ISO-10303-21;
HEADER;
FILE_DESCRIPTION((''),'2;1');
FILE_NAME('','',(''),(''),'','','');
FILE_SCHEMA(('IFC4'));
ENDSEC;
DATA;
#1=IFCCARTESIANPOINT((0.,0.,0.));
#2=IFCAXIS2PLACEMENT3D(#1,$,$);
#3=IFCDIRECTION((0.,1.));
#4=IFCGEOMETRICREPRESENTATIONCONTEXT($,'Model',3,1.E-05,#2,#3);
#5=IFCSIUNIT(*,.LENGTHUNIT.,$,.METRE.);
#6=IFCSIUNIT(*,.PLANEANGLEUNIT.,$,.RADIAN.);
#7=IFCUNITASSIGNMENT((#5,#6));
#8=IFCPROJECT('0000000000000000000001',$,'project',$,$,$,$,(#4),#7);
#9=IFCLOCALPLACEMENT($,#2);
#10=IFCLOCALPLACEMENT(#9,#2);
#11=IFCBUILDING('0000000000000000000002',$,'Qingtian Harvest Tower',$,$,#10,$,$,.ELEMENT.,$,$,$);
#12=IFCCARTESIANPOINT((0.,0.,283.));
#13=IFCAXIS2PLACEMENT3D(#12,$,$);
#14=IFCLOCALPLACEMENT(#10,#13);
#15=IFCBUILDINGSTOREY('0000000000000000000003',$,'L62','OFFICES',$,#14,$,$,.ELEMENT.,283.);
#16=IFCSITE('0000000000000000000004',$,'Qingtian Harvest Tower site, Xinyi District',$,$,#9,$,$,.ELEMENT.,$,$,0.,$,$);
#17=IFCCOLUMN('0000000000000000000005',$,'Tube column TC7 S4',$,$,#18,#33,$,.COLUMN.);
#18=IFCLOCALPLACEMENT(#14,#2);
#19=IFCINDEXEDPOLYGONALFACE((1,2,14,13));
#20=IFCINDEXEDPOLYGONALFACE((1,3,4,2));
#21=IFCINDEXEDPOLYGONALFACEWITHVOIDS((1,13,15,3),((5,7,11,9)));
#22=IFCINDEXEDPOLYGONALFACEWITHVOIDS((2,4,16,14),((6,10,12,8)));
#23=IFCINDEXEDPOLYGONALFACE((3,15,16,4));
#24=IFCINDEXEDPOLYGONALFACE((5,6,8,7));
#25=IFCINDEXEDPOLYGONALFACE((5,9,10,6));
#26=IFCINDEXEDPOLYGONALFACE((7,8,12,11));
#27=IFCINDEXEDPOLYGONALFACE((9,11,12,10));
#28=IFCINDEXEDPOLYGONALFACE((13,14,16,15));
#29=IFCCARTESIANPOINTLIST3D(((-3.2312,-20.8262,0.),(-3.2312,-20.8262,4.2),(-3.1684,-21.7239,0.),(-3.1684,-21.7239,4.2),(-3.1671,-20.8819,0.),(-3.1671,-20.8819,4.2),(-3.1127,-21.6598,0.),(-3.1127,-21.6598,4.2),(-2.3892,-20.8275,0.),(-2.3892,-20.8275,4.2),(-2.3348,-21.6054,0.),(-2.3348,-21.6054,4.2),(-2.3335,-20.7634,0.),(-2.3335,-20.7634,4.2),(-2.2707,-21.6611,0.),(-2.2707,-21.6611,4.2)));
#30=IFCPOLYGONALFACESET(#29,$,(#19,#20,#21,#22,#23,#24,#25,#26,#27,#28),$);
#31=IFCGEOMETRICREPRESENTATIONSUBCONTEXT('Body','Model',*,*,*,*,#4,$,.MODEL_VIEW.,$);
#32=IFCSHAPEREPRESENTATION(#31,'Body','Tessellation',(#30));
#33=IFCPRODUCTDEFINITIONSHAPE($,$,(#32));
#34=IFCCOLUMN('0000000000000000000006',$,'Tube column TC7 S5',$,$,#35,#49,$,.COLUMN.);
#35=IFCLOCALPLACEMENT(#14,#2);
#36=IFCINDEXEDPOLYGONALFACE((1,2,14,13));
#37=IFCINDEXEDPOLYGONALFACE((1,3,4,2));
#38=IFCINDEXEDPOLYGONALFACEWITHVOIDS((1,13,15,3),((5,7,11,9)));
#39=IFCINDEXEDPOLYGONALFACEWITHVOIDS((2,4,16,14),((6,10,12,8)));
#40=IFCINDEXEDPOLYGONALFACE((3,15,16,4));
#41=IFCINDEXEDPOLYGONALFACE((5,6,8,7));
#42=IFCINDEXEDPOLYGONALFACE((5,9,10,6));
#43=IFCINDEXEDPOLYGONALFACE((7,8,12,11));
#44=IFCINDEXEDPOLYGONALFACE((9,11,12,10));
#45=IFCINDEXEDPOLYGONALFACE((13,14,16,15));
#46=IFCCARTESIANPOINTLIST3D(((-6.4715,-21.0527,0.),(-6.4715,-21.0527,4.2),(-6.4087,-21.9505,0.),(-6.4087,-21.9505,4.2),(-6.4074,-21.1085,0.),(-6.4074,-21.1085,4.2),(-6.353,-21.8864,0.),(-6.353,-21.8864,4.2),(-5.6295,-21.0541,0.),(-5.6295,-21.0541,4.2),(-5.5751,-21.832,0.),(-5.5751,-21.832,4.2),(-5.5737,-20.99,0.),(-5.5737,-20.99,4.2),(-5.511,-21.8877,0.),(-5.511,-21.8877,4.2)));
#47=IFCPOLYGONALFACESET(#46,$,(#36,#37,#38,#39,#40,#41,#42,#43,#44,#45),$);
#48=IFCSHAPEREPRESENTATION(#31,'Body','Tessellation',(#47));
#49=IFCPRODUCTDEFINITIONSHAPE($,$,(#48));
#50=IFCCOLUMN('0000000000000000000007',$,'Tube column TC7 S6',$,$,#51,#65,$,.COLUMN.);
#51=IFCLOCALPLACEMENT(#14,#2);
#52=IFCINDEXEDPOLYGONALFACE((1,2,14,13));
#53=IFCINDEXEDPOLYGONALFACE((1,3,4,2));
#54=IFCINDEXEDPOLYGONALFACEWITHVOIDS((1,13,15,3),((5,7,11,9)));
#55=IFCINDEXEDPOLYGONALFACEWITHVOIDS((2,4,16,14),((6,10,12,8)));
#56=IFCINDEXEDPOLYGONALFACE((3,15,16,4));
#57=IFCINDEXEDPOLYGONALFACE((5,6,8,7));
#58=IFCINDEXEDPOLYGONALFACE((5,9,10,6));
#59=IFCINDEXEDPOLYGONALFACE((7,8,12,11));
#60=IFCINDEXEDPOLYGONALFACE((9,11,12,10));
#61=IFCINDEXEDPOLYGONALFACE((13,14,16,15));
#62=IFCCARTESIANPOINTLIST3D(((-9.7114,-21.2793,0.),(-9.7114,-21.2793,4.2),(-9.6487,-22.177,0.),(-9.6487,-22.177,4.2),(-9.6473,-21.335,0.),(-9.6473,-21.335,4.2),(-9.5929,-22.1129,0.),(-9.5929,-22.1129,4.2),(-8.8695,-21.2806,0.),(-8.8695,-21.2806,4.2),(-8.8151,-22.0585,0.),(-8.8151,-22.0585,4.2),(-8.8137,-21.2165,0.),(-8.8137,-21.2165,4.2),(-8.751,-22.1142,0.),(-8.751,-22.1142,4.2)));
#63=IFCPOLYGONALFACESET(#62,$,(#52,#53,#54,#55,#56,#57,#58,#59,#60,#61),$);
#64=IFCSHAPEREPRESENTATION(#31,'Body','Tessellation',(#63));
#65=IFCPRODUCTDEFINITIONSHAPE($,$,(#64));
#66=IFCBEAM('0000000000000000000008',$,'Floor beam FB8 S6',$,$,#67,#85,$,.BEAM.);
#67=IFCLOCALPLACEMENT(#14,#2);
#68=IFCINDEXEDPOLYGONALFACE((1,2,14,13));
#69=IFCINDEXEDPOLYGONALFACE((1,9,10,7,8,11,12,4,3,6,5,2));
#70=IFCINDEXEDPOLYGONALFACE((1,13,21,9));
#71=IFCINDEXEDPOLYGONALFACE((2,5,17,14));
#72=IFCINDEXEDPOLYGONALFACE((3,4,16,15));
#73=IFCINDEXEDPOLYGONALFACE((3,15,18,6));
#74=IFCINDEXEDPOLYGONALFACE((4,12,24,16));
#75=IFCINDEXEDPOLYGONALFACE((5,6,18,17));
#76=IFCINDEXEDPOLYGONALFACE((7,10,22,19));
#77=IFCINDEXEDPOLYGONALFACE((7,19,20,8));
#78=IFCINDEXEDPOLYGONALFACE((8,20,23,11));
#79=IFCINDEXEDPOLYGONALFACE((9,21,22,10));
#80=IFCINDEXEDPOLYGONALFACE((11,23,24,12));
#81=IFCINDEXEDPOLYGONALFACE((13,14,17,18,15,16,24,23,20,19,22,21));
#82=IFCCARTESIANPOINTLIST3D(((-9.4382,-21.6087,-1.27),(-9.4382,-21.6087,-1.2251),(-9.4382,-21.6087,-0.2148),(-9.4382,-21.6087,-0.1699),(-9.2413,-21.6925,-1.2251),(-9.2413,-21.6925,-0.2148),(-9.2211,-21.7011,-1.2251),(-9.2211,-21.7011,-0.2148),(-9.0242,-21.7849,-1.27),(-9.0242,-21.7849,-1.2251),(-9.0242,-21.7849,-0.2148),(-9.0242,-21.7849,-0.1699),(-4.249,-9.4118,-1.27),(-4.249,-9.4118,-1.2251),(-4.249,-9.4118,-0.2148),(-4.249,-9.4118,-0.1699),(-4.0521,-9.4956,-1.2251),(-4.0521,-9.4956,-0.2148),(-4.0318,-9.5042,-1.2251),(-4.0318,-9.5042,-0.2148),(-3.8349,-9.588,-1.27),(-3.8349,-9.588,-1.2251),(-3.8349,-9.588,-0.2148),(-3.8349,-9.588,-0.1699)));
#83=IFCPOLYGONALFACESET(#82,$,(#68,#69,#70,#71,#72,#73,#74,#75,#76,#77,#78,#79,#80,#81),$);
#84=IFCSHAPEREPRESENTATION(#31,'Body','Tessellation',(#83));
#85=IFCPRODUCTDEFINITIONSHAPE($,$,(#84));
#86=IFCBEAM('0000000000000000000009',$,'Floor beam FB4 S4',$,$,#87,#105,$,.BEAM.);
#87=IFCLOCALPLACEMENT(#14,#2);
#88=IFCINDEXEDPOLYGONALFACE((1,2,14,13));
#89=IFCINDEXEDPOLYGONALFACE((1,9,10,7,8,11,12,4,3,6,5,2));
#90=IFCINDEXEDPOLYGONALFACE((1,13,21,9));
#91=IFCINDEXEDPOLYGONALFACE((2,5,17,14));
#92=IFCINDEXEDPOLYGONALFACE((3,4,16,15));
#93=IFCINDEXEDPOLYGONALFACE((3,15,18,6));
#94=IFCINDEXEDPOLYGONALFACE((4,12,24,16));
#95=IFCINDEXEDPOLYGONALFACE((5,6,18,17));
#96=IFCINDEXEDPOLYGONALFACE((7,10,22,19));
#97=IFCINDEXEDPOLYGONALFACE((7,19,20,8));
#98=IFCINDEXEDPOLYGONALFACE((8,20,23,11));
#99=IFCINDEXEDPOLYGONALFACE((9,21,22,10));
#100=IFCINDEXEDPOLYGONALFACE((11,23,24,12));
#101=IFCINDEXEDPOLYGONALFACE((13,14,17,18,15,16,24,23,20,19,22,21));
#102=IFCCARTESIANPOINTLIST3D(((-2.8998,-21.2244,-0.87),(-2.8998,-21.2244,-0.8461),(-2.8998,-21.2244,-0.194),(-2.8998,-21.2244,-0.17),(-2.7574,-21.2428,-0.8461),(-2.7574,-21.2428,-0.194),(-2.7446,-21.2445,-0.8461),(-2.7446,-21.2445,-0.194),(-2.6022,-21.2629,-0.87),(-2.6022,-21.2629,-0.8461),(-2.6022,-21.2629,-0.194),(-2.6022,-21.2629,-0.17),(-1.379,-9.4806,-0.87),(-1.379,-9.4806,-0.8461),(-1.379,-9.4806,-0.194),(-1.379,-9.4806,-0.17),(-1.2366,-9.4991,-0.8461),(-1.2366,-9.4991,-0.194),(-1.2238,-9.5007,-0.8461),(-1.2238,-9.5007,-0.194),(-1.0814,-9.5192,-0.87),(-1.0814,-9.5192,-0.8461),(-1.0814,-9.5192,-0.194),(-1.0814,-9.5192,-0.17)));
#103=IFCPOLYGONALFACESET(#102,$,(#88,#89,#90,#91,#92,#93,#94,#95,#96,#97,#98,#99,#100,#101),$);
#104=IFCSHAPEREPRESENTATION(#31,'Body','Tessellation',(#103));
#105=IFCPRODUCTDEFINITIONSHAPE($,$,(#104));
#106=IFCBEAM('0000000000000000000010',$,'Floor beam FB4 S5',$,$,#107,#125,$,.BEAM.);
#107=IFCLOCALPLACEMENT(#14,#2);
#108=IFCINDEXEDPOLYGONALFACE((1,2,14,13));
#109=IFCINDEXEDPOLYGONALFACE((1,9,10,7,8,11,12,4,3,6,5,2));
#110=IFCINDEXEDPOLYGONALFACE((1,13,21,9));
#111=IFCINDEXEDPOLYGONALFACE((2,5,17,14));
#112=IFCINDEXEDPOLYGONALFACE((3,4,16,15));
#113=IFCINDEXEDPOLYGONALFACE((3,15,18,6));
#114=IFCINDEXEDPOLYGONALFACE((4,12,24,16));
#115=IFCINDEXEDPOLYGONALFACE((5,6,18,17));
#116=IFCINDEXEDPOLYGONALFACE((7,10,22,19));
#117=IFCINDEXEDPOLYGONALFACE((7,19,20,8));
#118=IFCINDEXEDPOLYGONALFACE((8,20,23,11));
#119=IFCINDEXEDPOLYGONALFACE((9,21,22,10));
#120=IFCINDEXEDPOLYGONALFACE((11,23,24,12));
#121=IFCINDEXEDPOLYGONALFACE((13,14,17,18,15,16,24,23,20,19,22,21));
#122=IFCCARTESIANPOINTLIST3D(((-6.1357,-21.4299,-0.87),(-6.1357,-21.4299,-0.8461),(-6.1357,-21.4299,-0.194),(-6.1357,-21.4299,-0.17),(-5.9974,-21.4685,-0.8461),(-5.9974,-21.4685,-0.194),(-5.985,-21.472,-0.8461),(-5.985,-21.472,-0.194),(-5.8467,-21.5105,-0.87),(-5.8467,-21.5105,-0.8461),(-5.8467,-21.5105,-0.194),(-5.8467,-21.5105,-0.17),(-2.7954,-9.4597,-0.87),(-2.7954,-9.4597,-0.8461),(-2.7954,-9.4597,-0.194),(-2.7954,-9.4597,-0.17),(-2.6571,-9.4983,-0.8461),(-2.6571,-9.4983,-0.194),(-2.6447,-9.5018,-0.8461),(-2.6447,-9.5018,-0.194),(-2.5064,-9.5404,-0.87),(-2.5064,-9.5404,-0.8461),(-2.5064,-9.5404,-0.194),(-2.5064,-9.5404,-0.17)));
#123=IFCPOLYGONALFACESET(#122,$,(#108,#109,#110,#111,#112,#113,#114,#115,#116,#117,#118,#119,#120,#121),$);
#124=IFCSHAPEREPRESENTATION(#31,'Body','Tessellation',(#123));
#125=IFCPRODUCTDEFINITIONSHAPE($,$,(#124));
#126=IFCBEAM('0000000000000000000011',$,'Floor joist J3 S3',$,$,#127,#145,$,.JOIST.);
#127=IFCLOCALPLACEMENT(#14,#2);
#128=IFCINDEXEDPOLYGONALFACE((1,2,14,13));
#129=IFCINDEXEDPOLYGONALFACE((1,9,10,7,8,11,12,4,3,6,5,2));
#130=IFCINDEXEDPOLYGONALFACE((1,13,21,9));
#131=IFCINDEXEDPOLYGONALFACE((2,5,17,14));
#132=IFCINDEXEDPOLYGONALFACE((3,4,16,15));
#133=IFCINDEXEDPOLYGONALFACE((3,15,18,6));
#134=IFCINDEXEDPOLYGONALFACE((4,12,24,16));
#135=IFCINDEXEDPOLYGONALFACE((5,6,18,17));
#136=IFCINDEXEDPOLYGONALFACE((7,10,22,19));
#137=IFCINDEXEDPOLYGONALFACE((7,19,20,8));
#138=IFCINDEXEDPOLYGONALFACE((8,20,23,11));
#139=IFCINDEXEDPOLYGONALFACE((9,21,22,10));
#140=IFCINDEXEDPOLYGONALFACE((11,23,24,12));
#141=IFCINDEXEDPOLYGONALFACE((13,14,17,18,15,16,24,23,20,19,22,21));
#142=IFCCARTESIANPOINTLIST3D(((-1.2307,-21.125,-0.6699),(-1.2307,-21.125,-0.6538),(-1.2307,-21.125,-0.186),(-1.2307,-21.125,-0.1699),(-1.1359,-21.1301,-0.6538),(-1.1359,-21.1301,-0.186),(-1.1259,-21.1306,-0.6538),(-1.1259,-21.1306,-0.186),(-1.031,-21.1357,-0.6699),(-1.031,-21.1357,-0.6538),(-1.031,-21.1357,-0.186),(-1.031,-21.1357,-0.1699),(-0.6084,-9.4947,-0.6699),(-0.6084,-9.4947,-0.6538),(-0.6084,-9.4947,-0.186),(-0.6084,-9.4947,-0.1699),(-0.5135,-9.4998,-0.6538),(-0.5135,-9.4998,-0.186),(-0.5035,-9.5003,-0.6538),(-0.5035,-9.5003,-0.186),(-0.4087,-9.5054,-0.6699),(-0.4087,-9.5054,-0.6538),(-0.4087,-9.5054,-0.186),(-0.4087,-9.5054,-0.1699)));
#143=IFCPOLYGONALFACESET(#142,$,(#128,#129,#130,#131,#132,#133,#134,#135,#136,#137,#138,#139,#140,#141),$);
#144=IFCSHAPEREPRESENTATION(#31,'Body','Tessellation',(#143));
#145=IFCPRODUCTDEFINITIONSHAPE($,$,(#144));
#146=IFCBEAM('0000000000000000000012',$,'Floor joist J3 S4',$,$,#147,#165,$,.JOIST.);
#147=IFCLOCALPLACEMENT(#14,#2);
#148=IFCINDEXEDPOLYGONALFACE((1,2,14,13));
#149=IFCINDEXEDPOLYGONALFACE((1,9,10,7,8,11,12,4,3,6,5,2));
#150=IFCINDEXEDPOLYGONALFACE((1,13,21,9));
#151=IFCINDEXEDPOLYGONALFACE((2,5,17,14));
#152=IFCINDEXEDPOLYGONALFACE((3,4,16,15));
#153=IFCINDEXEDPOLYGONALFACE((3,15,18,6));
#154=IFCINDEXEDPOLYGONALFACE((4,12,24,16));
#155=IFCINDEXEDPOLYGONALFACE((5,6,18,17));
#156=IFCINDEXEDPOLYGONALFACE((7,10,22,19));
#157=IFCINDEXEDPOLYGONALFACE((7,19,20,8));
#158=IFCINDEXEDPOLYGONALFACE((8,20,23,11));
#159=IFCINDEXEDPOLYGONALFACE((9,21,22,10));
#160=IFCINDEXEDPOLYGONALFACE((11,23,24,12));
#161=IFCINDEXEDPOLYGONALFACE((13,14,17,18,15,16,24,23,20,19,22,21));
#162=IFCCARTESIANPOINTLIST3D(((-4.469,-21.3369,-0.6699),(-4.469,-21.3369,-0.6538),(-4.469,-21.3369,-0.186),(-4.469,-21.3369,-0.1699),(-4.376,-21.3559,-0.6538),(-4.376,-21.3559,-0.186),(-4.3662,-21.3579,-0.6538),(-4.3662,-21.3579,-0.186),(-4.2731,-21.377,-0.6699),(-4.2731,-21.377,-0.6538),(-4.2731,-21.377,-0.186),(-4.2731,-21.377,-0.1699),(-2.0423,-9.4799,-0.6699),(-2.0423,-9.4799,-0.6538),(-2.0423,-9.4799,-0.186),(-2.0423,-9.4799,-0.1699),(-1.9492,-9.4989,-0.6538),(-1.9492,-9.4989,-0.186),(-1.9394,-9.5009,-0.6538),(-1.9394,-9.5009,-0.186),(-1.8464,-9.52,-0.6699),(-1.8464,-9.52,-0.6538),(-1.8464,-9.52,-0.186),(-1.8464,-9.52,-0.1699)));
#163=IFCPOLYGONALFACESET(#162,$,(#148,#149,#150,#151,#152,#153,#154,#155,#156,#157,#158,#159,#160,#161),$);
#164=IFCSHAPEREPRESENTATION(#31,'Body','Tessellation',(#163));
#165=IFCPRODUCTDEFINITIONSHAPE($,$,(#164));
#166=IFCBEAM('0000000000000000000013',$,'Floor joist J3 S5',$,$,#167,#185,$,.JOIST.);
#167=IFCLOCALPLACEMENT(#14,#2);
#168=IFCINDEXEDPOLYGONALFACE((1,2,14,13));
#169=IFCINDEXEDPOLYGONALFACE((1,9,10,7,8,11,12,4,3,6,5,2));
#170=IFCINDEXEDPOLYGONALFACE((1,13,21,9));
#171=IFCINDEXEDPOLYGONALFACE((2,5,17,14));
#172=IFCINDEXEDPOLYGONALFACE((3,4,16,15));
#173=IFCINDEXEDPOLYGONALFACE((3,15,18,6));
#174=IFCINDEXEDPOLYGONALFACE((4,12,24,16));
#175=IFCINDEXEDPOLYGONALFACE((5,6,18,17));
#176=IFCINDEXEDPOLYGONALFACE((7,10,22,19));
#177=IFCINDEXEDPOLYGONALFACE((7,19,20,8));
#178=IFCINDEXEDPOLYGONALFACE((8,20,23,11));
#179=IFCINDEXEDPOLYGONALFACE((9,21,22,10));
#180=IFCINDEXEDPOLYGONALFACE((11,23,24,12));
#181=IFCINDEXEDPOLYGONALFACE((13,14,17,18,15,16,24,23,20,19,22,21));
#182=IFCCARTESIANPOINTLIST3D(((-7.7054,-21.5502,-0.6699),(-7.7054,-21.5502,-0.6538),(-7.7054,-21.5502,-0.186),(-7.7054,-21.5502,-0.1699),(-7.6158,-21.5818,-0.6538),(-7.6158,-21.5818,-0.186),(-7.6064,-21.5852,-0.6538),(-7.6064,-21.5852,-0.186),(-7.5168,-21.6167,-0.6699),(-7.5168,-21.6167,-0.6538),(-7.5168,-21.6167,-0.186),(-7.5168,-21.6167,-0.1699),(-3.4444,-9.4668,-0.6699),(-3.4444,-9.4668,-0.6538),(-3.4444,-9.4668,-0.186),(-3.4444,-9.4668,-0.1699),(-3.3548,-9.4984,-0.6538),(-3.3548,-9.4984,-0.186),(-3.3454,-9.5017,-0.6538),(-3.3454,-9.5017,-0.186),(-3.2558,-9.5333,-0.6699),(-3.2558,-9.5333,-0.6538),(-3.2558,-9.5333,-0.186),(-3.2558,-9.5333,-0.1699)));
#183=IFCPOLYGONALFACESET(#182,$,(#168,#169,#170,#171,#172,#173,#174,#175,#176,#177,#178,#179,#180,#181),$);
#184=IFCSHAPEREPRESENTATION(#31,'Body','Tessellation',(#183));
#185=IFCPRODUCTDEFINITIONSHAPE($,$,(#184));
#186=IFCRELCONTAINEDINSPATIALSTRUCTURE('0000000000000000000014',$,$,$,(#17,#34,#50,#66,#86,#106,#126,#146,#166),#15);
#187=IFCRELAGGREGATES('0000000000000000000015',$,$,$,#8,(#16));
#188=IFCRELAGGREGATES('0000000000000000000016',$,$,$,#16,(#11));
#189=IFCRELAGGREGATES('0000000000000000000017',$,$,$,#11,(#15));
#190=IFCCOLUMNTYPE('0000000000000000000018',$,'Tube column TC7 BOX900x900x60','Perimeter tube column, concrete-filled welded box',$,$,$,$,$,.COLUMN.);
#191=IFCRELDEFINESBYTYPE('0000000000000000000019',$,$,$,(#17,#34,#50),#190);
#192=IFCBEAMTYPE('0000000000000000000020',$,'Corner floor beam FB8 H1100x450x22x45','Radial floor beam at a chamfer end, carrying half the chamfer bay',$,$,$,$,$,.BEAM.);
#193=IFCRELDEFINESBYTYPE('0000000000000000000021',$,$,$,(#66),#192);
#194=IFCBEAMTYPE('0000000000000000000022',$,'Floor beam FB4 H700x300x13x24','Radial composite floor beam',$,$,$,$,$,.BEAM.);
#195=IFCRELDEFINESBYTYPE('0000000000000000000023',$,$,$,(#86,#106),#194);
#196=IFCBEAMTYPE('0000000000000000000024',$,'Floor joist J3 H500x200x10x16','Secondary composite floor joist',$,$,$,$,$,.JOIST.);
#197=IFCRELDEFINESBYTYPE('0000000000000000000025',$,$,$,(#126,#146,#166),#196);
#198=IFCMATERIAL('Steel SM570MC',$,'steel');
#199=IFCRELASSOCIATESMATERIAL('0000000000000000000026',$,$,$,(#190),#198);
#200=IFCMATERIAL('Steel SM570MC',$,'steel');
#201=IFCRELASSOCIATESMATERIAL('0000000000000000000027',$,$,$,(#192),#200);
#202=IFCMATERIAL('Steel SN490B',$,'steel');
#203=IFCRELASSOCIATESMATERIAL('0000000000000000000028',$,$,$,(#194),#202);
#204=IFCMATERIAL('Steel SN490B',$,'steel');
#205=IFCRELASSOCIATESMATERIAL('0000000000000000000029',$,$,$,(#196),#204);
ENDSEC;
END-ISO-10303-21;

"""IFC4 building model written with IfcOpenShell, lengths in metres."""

from ifc_helpers import new_model, si_unit, direction, frame, origin, origin_2d, place, context, subcontext, project, spatial, hollow_rectangle, i_section, extrude, material, material_profile, profile_set, type_object, element, save


model = new_model("IFC4")

# Units and contexts
model_context = context("Model", 3, precision=1e-05, world=origin(), true_north=direction((0.0, 1.0)))
body_context = subcontext(model_context, "Body", "Model", "MODEL_VIEW")
ifc_project = project(units=[si_unit("LENGTHUNIT", "METRE"), si_unit("PLANEANGLEUNIT", "RADIAN")], contexts=[model_context])

# Site, building, storey
site_placement = place(None, origin())
site = spatial("IfcSite", under=ifc_project, at=site_placement, Name="Qingtian Harvest Tower site, Xinyi District", CompositionType="ELEMENT", RefElevation=0.0)
building_placement = place(site_placement, origin())
building = spatial("IfcBuilding", under=site, at=building_placement, Name="Qingtian Harvest Tower", CompositionType="ELEMENT")
storey_placement = place(building_placement, frame((0.0, 0.0, 283.0)))
storey = spatial("IfcBuildingStorey", under=building, at=storey_placement, Name="L62", Description="OFFICES", CompositionType="ELEMENT", Elevation=283.0)

# Columns
ifc_material_1 = material(Name="Steel SM570MC", Category="steel")
ifc_material_profile_1 = material_profile(ifc_material_1, hollow_rectangle(XDim=0.8999, YDim=0.8999, WallThickness=0.0601, at=origin_2d()), Name="BOX900x900x60")
ifc_profile_set_1 = profile_set([ifc_material_profile_1], Name="Steel SM570MC")
column_type = type_object("IfcColumnType", Name="Tube column TC7 BOX900x900x60", Description="Perimeter tube column, concrete-filled welded box", PredefinedType="COLUMN", material=ifc_profile_set_1)
for number, where, z_axis, x_axis, name in (
    (1, (-2.751, -21.2437, 0.0), (0.0, 0.0, 1.0), (0.997564, 0.069756, 0.0), "Tube column TC7 S4"),
    (2, (-5.9912, -21.4702, 0.0), (0.0, 0.0, 1.0), (0.997564, 0.069756, 0.0), "Tube column TC7 S5"),
    (3, (-9.2312, -21.6968, 0.0), (0.0, 0.0, 1.0), (0.997564, 0.069756, 0.0), "Tube column TC7 S6"),
):
    element("IfcColumn", number, at=place(storey_placement, frame(where, z_axis=z_axis, x_axis=x_axis)), inside=storey, type_object=column_type, Name=name, PredefinedType="COLUMN", context=body_context, shape_type="SweptSolid", body=[
        extrude(hollow_rectangle(XDim=0.8999, YDim=0.8999, WallThickness=0.0601, at=origin_2d()), origin(), (0.0, 0.0, 1.0), 4.2),
    ])

# Beams
ifc_material_2 = material(Name="Steel SM570MC", Category="steel")
ifc_material_profile_2 = material_profile(ifc_material_2, i_section(OverallWidth=0.45, OverallDepth=1.1001, WebThickness=0.022, FlangeThickness=0.0449, at=origin_2d()), Name="H1100x450x22x45")
ifc_profile_set_2 = profile_set([ifc_material_profile_2], Name="Steel SM570MC")
beam_type_1 = type_object("IfcBeamType", Name="Corner floor beam FB8 H1100x450x22x45", Description="Radial floor beam at a chamfer end, carrying half the chamfer bay", PredefinedType="BEAM", material=ifc_profile_set_2)
beam_1_placement = place(storey_placement, frame((-9.2312, -21.6968, -0.72), z_axis=(0.391497, 0.920179, 0.0), x_axis=(-0.920179, 0.391497, 0.0)))
element("IfcBeam", 4, at=beam_1_placement, inside=storey, type_object=beam_type_1, Name="Floor beam FB8 S6", PredefinedType="BEAM", context=body_context, shape_type="SweptSolid", body=[
    extrude(i_section(OverallWidth=0.45, OverallDepth=1.1001, WebThickness=0.022, FlangeThickness=0.0449, at=origin_2d()), origin(), (0.0, 0.0, 1.0), 13.2549),
])
ifc_material_3 = material(Name="Steel SN490B", Category="steel")
ifc_material_profile_3 = material_profile(ifc_material_3, i_section(OverallWidth=0.3, OverallDepth=0.7, WebThickness=0.0129, FlangeThickness=0.0239, at=origin_2d()), Name="H700x300x13x24")
ifc_profile_set_3 = profile_set([ifc_material_profile_3], Name="Steel SN490B")
beam_type_2 = type_object("IfcBeamType", Name="Floor beam FB4 H700x300x13x24", Description="Radial composite floor beam", PredefinedType="BEAM", material=ifc_profile_set_3)
beam_2_placement = place(storey_placement, frame((-2.751, -21.2437, -0.52), z_axis=(0.128423, 0.991719, 0.0), x_axis=(-0.991719, 0.128423, 0.0)))
element("IfcBeam", 5, at=beam_2_placement, inside=storey, type_object=beam_type_2, Name="Floor beam FB4 S4", PredefinedType="BEAM", context=body_context, shape_type="SweptSolid", body=[
    extrude(i_section(OverallWidth=0.3, OverallDepth=0.7, WebThickness=0.0129, FlangeThickness=0.0239, at=origin_2d()), origin(), (0.0, 0.0, 1.0), 11.8418),
])
beam_3_placement = place(storey_placement, frame((-5.9912, -21.4702, -0.52), z_axis=(0.268785, 0.9632, 0.0), x_axis=(-0.9632, 0.268785, 0.0)))
element("IfcBeam", 6, at=beam_3_placement, inside=storey, type_object=beam_type_2, Name="Floor beam FB4 S5", PredefinedType="BEAM", context=body_context, shape_type="SweptSolid", body=[
    extrude(i_section(OverallWidth=0.3, OverallDepth=0.7, WebThickness=0.0129, FlangeThickness=0.0239, at=origin_2d()), origin(), (0.0, 0.0, 1.0), 12.4275),
])
ifc_material_4 = material(Name="Steel SN490B", Category="steel")
ifc_material_profile_4 = material_profile(ifc_material_4, i_section(OverallWidth=0.2, OverallDepth=0.5, WebThickness=0.01, FlangeThickness=0.0161, at=origin_2d()), Name="H500x200x10x16")
ifc_profile_set_4 = profile_set([ifc_material_profile_4], Name="Steel SN490B")
beam_type_3 = type_object("IfcBeamType", Name="Floor joist J3 H500x200x10x16", Description="Secondary composite floor joist", PredefinedType="JOIST", material=ifc_profile_set_4)
beam_4_placement = place(storey_placement, frame((-1.1309, -21.1304, -0.4199), z_axis=(0.053431, 0.998572, 0.0), x_axis=(-0.998572, 0.053431, 0.0)))
element("IfcBeam", 7, at=beam_4_placement, inside=storey, type_object=beam_type_3, Name="Floor joist J3 S3", PredefinedType="JOIST", context=body_context, shape_type="SweptSolid", body=[
    extrude(i_section(OverallWidth=0.2, OverallDepth=0.5, WebThickness=0.01, FlangeThickness=0.0161, at=origin_2d()), origin(), (0.0, 0.0, 1.0), 11.647),
])
beam_5_placement = place(storey_placement, frame((-4.3711, -21.3569, -0.4199), z_axis=(0.200513, 0.979691, 0.0), x_axis=(-0.979691, 0.200513, 0.0)))
element("IfcBeam", 8, at=beam_5_placement, inside=storey, type_object=beam_type_3, Name="Floor joist J3 S4", PredefinedType="JOIST", context=body_context, shape_type="SweptSolid", body=[
    extrude(i_section(OverallWidth=0.2, OverallDepth=0.5, WebThickness=0.01, FlangeThickness=0.0161, at=origin_2d()), origin(), (0.0, 0.0, 1.0), 12.1028),
])
beam_6_placement = place(storey_placement, frame((-7.6111, -21.5835, -0.4199), z_axis=(0.332558, 0.943083, 0.0), x_axis=(-0.943083, 0.332558, 0.0)))
element("IfcBeam", 9, at=beam_6_placement, inside=storey, type_object=beam_type_3, Name="Floor joist J3 S5", PredefinedType="JOIST", context=body_context, shape_type="SweptSolid", body=[
    extrude(i_section(OverallWidth=0.2, OverallDepth=0.5, WebThickness=0.01, FlangeThickness=0.0161, at=origin_2d()), origin(), (0.0, 0.0, 1.0), 12.8127),
])

save(model, "model.ifc")
